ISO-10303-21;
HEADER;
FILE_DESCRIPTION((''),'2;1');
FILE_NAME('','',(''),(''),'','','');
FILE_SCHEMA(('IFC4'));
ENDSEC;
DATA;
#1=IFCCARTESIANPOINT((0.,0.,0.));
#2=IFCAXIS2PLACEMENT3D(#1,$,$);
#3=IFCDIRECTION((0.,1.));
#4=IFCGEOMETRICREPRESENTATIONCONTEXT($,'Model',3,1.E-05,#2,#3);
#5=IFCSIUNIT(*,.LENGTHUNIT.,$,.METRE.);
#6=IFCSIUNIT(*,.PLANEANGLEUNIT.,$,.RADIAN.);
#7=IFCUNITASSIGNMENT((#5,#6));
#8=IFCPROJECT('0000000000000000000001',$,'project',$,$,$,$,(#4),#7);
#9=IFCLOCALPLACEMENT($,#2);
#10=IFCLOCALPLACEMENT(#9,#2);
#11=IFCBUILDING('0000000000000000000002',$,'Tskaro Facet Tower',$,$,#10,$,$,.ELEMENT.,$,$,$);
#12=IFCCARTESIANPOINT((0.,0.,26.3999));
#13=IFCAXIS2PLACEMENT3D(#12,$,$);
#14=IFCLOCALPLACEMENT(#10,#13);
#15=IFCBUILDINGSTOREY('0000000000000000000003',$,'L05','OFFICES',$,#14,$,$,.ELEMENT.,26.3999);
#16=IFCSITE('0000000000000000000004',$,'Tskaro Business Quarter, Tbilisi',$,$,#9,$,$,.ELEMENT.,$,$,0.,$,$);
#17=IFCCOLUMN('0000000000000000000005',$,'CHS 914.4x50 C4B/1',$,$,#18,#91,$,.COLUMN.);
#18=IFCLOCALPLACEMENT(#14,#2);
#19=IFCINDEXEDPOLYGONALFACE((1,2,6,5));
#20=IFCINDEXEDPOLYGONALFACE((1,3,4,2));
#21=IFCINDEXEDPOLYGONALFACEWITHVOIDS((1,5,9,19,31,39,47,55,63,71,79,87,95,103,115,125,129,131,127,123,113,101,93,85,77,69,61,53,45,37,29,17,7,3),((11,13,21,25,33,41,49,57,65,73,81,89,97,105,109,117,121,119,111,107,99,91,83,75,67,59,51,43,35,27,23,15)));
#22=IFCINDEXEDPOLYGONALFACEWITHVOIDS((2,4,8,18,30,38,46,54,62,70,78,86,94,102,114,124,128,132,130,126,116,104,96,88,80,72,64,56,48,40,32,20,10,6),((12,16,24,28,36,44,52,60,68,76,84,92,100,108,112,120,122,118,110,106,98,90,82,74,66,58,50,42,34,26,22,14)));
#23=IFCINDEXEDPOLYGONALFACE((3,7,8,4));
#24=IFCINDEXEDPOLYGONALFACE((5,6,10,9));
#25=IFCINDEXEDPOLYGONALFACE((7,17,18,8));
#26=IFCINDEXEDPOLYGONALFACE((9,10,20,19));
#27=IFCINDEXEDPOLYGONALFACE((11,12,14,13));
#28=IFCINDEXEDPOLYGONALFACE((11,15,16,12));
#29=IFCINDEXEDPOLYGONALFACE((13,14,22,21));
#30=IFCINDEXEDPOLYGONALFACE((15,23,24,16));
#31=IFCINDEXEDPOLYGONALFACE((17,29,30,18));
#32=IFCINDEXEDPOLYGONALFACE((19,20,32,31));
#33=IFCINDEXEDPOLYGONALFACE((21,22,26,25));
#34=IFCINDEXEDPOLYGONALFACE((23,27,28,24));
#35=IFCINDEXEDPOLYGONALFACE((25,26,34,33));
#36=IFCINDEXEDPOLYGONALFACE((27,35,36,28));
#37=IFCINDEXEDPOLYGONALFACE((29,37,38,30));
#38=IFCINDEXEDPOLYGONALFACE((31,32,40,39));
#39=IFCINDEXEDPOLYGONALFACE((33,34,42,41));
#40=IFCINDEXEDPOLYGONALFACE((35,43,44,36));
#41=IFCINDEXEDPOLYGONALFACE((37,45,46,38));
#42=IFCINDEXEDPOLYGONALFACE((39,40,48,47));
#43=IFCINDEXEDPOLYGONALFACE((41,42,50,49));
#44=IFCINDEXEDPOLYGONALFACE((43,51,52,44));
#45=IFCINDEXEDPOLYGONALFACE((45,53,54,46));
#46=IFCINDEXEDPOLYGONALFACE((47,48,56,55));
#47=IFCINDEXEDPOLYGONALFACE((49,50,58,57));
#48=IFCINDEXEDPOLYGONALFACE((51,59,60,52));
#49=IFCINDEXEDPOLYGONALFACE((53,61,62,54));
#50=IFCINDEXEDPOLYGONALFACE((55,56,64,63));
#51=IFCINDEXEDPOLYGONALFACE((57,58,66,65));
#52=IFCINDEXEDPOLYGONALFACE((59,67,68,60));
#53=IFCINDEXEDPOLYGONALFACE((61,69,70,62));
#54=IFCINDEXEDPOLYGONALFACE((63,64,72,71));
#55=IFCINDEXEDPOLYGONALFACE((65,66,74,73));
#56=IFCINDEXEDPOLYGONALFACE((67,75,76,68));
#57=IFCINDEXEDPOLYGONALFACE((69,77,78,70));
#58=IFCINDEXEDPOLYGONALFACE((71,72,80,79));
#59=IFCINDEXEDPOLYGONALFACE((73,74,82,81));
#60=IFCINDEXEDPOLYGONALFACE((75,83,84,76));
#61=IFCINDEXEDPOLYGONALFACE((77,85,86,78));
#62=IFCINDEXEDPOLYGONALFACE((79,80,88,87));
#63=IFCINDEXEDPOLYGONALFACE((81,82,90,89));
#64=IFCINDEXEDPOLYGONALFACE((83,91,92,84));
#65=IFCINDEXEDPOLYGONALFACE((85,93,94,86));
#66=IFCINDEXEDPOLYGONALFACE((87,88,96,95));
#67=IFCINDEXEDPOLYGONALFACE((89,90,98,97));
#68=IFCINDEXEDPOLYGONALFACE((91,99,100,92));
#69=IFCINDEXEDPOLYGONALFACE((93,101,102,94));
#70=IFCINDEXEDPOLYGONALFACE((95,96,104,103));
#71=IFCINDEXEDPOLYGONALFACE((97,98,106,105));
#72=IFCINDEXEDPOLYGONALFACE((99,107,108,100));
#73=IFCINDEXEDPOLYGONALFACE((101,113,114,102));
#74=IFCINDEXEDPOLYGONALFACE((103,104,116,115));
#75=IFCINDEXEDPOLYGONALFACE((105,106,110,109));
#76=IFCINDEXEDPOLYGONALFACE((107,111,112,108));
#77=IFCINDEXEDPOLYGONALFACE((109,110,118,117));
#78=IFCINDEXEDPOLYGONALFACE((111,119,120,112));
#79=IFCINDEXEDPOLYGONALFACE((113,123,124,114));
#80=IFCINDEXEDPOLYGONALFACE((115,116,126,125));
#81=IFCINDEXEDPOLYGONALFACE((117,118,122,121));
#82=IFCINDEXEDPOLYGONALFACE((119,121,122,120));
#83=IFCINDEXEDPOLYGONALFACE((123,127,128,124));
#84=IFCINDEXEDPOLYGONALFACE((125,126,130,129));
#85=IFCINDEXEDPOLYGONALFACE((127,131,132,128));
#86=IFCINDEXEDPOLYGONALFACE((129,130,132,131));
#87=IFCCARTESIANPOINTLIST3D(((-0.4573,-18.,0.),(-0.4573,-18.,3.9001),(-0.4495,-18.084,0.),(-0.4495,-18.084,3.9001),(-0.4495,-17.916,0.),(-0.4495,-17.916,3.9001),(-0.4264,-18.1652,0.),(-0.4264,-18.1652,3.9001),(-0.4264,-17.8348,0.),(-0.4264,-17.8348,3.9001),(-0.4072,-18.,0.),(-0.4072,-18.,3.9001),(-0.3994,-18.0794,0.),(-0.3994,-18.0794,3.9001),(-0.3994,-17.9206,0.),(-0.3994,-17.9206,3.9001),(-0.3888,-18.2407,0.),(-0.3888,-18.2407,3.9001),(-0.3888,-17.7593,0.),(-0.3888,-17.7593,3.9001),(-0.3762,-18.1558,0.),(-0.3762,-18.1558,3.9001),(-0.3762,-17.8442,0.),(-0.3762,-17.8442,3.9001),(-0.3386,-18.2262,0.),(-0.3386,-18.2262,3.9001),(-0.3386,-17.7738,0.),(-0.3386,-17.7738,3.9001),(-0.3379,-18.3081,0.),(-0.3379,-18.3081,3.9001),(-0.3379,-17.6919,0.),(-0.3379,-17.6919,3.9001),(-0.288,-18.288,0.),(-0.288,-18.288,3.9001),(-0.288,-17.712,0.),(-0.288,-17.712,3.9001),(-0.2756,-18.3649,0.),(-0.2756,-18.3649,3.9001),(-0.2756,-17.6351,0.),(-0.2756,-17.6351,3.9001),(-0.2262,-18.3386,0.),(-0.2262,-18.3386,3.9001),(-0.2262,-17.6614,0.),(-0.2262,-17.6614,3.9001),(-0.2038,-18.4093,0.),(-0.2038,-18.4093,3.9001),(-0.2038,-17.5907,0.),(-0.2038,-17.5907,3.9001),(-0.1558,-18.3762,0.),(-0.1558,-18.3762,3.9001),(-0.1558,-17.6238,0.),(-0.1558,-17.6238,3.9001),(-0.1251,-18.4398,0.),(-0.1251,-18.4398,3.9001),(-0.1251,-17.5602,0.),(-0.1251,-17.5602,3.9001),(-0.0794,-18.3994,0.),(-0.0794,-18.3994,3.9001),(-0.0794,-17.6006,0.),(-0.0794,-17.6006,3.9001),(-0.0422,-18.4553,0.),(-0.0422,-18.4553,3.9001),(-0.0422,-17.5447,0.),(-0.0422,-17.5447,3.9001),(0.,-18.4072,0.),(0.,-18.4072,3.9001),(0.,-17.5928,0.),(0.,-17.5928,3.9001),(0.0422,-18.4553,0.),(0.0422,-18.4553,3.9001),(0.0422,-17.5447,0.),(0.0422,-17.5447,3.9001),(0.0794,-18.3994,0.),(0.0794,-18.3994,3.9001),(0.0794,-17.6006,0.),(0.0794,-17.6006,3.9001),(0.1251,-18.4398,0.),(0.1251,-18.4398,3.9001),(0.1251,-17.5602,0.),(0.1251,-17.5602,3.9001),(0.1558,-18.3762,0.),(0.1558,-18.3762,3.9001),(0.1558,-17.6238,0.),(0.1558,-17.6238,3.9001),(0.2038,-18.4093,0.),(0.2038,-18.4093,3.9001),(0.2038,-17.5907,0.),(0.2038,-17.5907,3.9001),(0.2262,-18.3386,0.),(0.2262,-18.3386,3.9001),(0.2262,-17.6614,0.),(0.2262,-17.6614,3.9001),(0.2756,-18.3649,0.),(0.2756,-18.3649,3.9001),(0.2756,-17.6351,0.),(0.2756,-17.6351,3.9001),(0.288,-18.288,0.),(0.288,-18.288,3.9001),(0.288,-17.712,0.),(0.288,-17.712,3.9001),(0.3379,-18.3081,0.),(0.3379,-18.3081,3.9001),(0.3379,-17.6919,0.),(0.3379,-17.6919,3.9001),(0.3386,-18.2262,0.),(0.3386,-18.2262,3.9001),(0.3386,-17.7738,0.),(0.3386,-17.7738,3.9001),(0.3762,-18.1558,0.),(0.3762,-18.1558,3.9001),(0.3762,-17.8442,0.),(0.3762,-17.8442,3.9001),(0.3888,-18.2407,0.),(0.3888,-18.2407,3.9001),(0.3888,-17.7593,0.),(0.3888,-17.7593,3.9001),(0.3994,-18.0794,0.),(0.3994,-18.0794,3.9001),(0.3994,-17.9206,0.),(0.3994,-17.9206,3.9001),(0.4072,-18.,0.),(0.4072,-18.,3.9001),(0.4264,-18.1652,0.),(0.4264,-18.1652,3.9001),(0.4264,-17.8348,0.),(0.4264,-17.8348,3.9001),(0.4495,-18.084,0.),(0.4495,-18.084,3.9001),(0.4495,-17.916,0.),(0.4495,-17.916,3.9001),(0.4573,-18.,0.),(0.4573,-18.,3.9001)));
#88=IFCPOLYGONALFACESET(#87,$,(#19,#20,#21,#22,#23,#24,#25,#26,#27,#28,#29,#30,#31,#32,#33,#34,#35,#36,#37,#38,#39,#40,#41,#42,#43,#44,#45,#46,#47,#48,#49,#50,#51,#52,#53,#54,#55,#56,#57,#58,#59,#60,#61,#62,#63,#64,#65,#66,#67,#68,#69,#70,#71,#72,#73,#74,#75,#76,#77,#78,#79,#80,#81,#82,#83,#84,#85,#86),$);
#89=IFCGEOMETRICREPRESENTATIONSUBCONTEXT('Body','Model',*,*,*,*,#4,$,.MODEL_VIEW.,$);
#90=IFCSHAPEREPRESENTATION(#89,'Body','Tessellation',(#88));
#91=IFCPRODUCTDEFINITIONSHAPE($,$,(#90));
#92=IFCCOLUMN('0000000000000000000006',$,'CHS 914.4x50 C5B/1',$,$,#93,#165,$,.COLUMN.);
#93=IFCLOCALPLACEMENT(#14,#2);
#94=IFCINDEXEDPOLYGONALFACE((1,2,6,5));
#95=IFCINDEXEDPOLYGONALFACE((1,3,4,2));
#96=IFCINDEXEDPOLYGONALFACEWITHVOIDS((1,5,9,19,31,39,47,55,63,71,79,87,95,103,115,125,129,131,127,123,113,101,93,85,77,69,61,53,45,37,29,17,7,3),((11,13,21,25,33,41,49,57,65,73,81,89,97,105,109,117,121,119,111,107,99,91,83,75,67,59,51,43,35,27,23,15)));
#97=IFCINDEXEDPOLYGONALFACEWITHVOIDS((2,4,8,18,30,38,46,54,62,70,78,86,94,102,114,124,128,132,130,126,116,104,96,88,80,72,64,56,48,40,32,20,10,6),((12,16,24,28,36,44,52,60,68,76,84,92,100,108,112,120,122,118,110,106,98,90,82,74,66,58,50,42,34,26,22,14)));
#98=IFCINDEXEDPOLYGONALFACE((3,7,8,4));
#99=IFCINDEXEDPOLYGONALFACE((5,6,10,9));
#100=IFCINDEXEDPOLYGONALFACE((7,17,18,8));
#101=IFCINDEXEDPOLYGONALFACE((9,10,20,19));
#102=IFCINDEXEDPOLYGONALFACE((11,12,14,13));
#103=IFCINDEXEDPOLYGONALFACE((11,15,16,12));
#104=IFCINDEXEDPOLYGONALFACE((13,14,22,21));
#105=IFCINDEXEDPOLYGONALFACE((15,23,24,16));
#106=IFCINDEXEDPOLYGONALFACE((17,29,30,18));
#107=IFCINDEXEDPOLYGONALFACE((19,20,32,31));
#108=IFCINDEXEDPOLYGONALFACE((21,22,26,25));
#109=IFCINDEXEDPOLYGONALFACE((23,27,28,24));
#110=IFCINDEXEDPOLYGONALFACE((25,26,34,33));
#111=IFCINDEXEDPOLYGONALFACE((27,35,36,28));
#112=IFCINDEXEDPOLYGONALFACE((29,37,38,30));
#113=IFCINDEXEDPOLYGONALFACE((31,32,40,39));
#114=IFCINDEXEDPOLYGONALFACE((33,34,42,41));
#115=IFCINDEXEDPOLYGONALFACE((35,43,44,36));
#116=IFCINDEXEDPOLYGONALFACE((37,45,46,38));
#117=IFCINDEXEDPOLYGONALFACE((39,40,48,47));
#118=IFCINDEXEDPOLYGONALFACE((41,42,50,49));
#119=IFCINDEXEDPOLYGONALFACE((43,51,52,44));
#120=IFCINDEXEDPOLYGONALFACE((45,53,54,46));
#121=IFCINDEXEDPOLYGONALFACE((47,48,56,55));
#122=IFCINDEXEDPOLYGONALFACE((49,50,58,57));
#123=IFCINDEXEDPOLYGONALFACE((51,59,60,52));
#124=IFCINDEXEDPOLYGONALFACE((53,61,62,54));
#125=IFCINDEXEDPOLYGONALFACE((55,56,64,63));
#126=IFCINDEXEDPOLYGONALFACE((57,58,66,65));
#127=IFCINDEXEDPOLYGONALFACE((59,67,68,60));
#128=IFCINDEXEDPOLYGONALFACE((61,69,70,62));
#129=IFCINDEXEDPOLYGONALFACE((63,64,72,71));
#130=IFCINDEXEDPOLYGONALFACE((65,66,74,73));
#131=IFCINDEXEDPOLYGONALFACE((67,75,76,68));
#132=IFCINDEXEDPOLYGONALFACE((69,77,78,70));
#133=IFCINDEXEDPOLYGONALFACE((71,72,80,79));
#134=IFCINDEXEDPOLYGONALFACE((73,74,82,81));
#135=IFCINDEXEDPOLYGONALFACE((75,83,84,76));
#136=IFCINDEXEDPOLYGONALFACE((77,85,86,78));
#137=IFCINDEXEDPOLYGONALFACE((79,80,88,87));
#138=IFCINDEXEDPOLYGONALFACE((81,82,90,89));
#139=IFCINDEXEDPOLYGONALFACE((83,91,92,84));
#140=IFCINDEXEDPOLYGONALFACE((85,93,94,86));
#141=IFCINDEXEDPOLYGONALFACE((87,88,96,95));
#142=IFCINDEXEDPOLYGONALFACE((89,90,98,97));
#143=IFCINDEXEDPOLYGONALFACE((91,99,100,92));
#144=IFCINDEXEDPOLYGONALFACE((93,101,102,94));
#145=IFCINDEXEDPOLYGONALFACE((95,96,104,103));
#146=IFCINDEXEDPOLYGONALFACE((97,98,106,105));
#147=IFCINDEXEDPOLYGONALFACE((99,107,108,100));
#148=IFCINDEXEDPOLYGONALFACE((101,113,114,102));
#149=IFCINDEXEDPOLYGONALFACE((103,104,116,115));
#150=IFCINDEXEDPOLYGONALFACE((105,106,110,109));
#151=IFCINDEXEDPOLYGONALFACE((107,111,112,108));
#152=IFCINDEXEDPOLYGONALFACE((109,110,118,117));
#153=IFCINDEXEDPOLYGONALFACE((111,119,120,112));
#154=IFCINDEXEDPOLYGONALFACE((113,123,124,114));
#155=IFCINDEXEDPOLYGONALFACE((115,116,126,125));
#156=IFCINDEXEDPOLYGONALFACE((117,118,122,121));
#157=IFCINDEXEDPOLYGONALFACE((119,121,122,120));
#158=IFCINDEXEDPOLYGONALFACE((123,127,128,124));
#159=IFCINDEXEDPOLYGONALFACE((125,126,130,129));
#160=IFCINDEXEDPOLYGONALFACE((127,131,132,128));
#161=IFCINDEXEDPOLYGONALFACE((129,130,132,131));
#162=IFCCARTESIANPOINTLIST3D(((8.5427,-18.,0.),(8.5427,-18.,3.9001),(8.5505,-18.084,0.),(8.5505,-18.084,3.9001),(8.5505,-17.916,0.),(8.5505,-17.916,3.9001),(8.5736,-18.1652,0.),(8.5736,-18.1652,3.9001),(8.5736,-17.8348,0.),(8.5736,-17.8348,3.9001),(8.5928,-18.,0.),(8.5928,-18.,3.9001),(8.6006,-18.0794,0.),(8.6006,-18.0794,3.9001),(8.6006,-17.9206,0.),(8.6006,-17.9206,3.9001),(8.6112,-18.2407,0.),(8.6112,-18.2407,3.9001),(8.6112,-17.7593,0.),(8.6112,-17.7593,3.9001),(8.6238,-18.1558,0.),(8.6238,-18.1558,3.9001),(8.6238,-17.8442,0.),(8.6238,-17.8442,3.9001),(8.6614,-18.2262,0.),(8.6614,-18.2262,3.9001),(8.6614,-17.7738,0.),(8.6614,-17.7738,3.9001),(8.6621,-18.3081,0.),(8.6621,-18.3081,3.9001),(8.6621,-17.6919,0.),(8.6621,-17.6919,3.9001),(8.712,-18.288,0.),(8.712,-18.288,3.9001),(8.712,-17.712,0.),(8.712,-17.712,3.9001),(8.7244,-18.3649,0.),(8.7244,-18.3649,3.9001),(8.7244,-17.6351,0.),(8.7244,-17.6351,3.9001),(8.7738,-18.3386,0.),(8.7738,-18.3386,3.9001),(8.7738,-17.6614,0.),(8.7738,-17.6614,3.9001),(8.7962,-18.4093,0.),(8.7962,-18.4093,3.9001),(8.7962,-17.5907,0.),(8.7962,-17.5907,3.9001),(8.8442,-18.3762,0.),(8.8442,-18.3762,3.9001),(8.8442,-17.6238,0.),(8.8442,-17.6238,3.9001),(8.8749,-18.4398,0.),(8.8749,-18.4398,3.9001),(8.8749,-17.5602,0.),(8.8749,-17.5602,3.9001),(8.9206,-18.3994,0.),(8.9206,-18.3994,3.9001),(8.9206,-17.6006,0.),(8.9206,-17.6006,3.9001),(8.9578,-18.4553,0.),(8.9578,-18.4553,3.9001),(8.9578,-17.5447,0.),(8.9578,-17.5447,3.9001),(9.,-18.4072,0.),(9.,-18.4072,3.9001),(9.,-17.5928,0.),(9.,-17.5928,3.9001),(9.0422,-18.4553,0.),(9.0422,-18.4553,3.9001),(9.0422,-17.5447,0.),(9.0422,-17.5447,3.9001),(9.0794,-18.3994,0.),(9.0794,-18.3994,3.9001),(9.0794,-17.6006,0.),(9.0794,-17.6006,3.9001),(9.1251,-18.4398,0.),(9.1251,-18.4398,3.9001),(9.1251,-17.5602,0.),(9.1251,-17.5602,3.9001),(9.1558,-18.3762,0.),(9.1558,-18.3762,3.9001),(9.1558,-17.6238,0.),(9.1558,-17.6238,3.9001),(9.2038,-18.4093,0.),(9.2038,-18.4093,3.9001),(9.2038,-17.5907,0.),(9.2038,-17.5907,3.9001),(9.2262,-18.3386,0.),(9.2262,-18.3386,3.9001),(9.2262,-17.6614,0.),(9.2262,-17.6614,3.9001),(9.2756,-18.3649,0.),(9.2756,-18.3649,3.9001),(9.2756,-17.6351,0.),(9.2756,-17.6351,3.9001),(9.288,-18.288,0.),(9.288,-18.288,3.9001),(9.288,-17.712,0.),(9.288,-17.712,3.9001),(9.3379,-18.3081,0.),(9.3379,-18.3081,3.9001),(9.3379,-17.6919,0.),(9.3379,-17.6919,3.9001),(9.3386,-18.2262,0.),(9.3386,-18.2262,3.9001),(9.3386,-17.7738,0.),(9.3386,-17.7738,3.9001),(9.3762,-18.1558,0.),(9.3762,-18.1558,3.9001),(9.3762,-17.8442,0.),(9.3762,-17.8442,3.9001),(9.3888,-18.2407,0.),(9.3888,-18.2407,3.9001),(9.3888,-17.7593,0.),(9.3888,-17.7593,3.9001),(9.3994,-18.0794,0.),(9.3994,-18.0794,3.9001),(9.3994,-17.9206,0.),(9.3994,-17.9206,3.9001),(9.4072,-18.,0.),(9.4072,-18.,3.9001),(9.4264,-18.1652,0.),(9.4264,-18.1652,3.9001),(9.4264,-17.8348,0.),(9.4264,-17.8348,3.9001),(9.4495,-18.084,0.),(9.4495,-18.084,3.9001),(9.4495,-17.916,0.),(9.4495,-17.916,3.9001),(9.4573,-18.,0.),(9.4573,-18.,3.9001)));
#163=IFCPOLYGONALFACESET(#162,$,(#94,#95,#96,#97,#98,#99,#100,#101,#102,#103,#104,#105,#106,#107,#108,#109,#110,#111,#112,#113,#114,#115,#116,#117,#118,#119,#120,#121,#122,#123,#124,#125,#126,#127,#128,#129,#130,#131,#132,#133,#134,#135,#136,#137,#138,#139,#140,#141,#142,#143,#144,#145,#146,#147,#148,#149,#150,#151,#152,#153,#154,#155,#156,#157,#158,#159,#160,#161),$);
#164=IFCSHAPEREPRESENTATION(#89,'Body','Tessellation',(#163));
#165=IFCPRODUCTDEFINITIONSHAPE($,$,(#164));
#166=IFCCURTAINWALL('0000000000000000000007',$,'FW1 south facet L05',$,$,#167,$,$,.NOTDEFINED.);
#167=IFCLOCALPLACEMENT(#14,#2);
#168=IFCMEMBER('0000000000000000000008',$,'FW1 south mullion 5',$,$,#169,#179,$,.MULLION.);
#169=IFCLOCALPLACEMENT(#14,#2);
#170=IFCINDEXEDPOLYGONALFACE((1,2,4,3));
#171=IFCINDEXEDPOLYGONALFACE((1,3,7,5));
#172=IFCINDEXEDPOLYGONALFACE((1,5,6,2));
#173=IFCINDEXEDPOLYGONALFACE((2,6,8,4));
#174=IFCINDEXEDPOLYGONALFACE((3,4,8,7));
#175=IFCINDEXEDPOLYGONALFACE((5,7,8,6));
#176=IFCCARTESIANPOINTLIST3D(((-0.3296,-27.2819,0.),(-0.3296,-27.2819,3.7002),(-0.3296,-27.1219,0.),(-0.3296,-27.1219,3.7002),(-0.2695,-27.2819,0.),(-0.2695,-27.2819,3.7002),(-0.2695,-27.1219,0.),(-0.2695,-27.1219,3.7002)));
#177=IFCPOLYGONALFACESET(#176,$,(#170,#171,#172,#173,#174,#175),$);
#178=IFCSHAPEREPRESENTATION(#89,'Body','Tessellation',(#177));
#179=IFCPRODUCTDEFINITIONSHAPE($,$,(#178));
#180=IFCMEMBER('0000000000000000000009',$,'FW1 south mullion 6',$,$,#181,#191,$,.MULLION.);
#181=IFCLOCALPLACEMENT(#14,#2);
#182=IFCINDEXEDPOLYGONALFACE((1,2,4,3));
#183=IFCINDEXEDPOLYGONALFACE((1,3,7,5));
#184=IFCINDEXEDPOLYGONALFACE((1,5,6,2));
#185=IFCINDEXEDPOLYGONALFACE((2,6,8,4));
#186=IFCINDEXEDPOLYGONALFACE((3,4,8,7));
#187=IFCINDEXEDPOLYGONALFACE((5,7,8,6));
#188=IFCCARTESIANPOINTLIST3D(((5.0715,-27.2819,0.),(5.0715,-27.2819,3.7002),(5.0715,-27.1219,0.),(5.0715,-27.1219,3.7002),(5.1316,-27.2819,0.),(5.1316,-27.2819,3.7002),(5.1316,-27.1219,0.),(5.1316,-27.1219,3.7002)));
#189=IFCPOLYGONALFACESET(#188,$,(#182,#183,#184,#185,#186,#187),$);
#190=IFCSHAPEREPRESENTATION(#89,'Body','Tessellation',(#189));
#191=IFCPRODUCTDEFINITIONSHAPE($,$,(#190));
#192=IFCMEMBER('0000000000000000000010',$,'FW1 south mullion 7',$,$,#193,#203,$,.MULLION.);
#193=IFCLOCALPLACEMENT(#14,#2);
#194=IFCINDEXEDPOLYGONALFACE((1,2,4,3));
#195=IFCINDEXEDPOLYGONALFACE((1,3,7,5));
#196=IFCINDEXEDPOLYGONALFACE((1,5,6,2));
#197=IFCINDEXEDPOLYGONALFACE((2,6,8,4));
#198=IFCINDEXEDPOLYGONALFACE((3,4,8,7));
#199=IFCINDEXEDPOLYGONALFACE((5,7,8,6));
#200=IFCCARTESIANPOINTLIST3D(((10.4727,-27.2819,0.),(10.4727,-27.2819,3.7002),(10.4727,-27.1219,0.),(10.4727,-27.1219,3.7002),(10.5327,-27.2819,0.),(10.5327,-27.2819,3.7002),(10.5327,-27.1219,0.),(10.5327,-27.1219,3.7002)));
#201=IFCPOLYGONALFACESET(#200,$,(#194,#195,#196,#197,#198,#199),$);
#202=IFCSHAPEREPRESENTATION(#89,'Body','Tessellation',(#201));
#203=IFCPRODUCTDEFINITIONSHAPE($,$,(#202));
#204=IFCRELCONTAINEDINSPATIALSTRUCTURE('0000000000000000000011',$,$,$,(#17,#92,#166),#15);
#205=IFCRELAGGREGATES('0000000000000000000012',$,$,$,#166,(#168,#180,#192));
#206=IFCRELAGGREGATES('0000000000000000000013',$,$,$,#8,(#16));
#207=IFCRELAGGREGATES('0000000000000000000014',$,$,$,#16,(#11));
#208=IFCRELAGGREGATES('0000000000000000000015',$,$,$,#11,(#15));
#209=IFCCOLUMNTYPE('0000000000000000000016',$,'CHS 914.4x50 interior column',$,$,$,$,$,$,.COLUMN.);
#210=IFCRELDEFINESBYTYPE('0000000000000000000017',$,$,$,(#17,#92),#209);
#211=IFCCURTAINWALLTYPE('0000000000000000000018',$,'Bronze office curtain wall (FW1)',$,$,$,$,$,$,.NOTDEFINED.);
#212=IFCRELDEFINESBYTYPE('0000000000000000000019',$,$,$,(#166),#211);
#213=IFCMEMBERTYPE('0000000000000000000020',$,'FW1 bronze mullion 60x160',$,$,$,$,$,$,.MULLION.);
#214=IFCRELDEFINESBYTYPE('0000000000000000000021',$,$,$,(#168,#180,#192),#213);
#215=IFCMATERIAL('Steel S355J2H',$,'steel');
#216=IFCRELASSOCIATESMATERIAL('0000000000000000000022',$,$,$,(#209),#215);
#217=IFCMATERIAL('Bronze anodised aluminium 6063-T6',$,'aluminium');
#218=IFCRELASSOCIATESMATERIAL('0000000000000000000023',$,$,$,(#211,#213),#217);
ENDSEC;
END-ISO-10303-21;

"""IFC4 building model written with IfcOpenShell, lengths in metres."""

from ifc_helpers import new_model, si_unit, direction, frame, origin, origin_2d, place, context, subcontext, project, spatial, rectangle, hollow_circle, extrude, material, material_profile, profile_set, type_object, element, aggregate, save


model = new_model("IFC4")

# Units and contexts
model_context = context("Model", 3, precision=1e-05, world=origin(), true_north=direction((0.0, 1.0)))
body_context = subcontext(model_context, "Body", "Model", "MODEL_VIEW")
ifc_project = project(units=[si_unit("LENGTHUNIT", "METRE"), si_unit("PLANEANGLEUNIT", "RADIAN")], contexts=[model_context])

# Site, building, storey
site_placement = place(None, origin())
site = spatial("IfcSite", under=ifc_project, at=site_placement, Name="Tskaro Business Quarter, Tbilisi", CompositionType="ELEMENT", RefElevation=0.0)
building_placement = place(site_placement, origin())
building = spatial("IfcBuilding", under=site, at=building_placement, Name="Tskaro Facet Tower", CompositionType="ELEMENT")
storey_placement = place(building_placement, frame((0.0, 0.0, 26.3999)))
storey = spatial("IfcBuildingStorey", under=building, at=storey_placement, Name="L05", Description="OFFICES", CompositionType="ELEMENT", Elevation=26.3999)

# Columns
ifc_material_1 = material(Name="Steel S355J2H", Category="steel")
ifc_material_profile_1 = material_profile(ifc_material_1, hollow_circle(Radius=0.4573, WallThickness=0.05, at=origin_2d()), Name="CHS 914.4x50")
ifc_profile_set_1 = profile_set([ifc_material_profile_1], Name="Steel S355J2H")
column_type_1 = type_object("IfcColumnType", Name="CHS 914.4x50 interior column", PredefinedType="COLUMN", material=ifc_profile_set_1)
for number, where, z_axis, x_axis, name in (
    (1, (0.0, -18.0, 0.0), (0.0, 0.0, 1.0), (1.0, 0.0, 0.0), "CHS 914.4x50 C4B/1"),
    (2, (9.0, -18.0, 0.0), (0.0, 0.0, 1.0), (1.0, 0.0, 0.0), "CHS 914.4x50 C5B/1"),
):
    element("IfcColumn", number, at=place(storey_placement, frame(where, z_axis=z_axis, x_axis=x_axis)), inside=storey, type_object=column_type_1, Name=name, PredefinedType="COLUMN", context=body_context, shape_type="SweptSolid", body=[
        extrude(hollow_circle(Radius=0.4573, WallThickness=0.05, at=origin_2d()), origin(), (0.0, 0.0, 1.0), 3.9001),
    ])

# Curtain wall, members
ifc_material_2 = material(Name="Bronze anodised aluminium 6063-T6", Category="aluminium")
curtain_wall_type = type_object("IfcCurtainWallType", Name="Bronze office curtain wall (FW1)", PredefinedType="NOTDEFINED", material=ifc_material_2)
curtain_wall_placement = place(storey_placement, origin())
curtain_wall = element("IfcCurtainWall", 3, at=curtain_wall_placement, inside=storey, type_object=curtain_wall_type, Name="FW1 south facet L05", PredefinedType="NOTDEFINED")
ifc_material_profile_2 = material_profile(ifc_material_2, rectangle(XDim=0.0601, YDim=0.1599, at=origin_2d()), Name="Mullion 60x160")
ifc_profile_set_2 = profile_set([ifc_material_profile_2], Name="Bronze anodised aluminium 6063-T6")
member_type_1 = type_object("IfcMemberType", Name="FW1 bronze mullion 60x160", PredefinedType="MULLION", material=ifc_profile_set_2)
member_1_placement = place(storey_placement, frame((-0.2996, -27.2019, 0.0), z_axis=(0.0, 0.0, 1.0), x_axis=(1.0, 0.0, 0.0)))
member_1 = element("IfcMember", 4, at=member_1_placement, type_object=member_type_1, Name="FW1 south mullion 5", PredefinedType="MULLION", context=body_context, shape_type="SweptSolid", body=[
    extrude(rectangle(XDim=0.0601, YDim=0.1599, at=origin_2d()), origin(), (0.0, 0.0, 1.0), 3.7002),
])
member_2_placement = place(storey_placement, frame((5.1016, -27.2019, 0.0), z_axis=(0.0, 0.0, 1.0), x_axis=(1.0, 0.0, 0.0)))
member_2 = element("IfcMember", 5, at=member_2_placement, type_object=member_type_1, Name="FW1 south mullion 6", PredefinedType="MULLION", context=body_context, shape_type="SweptSolid", body=[
    extrude(rectangle(XDim=0.0601, YDim=0.1599, at=origin_2d()), origin(), (0.0, 0.0, 1.0), 3.7002),
])
member_3_placement = place(storey_placement, frame((10.5027, -27.2019, 0.0), z_axis=(0.0, 0.0, 1.0), x_axis=(1.0, 0.0, 0.0)))
member_3 = element("IfcMember", 6, at=member_3_placement, type_object=member_type_1, Name="FW1 south mullion 7", PredefinedType="MULLION", context=body_context, shape_type="SweptSolid", body=[
    extrude(rectangle(XDim=0.0601, YDim=0.1599, at=origin_2d()), origin(), (0.0, 0.0, 1.0), 3.7002),
])

aggregate(curtain_wall, [member_1, member_2, member_3])

save(model, "model.ifc")
